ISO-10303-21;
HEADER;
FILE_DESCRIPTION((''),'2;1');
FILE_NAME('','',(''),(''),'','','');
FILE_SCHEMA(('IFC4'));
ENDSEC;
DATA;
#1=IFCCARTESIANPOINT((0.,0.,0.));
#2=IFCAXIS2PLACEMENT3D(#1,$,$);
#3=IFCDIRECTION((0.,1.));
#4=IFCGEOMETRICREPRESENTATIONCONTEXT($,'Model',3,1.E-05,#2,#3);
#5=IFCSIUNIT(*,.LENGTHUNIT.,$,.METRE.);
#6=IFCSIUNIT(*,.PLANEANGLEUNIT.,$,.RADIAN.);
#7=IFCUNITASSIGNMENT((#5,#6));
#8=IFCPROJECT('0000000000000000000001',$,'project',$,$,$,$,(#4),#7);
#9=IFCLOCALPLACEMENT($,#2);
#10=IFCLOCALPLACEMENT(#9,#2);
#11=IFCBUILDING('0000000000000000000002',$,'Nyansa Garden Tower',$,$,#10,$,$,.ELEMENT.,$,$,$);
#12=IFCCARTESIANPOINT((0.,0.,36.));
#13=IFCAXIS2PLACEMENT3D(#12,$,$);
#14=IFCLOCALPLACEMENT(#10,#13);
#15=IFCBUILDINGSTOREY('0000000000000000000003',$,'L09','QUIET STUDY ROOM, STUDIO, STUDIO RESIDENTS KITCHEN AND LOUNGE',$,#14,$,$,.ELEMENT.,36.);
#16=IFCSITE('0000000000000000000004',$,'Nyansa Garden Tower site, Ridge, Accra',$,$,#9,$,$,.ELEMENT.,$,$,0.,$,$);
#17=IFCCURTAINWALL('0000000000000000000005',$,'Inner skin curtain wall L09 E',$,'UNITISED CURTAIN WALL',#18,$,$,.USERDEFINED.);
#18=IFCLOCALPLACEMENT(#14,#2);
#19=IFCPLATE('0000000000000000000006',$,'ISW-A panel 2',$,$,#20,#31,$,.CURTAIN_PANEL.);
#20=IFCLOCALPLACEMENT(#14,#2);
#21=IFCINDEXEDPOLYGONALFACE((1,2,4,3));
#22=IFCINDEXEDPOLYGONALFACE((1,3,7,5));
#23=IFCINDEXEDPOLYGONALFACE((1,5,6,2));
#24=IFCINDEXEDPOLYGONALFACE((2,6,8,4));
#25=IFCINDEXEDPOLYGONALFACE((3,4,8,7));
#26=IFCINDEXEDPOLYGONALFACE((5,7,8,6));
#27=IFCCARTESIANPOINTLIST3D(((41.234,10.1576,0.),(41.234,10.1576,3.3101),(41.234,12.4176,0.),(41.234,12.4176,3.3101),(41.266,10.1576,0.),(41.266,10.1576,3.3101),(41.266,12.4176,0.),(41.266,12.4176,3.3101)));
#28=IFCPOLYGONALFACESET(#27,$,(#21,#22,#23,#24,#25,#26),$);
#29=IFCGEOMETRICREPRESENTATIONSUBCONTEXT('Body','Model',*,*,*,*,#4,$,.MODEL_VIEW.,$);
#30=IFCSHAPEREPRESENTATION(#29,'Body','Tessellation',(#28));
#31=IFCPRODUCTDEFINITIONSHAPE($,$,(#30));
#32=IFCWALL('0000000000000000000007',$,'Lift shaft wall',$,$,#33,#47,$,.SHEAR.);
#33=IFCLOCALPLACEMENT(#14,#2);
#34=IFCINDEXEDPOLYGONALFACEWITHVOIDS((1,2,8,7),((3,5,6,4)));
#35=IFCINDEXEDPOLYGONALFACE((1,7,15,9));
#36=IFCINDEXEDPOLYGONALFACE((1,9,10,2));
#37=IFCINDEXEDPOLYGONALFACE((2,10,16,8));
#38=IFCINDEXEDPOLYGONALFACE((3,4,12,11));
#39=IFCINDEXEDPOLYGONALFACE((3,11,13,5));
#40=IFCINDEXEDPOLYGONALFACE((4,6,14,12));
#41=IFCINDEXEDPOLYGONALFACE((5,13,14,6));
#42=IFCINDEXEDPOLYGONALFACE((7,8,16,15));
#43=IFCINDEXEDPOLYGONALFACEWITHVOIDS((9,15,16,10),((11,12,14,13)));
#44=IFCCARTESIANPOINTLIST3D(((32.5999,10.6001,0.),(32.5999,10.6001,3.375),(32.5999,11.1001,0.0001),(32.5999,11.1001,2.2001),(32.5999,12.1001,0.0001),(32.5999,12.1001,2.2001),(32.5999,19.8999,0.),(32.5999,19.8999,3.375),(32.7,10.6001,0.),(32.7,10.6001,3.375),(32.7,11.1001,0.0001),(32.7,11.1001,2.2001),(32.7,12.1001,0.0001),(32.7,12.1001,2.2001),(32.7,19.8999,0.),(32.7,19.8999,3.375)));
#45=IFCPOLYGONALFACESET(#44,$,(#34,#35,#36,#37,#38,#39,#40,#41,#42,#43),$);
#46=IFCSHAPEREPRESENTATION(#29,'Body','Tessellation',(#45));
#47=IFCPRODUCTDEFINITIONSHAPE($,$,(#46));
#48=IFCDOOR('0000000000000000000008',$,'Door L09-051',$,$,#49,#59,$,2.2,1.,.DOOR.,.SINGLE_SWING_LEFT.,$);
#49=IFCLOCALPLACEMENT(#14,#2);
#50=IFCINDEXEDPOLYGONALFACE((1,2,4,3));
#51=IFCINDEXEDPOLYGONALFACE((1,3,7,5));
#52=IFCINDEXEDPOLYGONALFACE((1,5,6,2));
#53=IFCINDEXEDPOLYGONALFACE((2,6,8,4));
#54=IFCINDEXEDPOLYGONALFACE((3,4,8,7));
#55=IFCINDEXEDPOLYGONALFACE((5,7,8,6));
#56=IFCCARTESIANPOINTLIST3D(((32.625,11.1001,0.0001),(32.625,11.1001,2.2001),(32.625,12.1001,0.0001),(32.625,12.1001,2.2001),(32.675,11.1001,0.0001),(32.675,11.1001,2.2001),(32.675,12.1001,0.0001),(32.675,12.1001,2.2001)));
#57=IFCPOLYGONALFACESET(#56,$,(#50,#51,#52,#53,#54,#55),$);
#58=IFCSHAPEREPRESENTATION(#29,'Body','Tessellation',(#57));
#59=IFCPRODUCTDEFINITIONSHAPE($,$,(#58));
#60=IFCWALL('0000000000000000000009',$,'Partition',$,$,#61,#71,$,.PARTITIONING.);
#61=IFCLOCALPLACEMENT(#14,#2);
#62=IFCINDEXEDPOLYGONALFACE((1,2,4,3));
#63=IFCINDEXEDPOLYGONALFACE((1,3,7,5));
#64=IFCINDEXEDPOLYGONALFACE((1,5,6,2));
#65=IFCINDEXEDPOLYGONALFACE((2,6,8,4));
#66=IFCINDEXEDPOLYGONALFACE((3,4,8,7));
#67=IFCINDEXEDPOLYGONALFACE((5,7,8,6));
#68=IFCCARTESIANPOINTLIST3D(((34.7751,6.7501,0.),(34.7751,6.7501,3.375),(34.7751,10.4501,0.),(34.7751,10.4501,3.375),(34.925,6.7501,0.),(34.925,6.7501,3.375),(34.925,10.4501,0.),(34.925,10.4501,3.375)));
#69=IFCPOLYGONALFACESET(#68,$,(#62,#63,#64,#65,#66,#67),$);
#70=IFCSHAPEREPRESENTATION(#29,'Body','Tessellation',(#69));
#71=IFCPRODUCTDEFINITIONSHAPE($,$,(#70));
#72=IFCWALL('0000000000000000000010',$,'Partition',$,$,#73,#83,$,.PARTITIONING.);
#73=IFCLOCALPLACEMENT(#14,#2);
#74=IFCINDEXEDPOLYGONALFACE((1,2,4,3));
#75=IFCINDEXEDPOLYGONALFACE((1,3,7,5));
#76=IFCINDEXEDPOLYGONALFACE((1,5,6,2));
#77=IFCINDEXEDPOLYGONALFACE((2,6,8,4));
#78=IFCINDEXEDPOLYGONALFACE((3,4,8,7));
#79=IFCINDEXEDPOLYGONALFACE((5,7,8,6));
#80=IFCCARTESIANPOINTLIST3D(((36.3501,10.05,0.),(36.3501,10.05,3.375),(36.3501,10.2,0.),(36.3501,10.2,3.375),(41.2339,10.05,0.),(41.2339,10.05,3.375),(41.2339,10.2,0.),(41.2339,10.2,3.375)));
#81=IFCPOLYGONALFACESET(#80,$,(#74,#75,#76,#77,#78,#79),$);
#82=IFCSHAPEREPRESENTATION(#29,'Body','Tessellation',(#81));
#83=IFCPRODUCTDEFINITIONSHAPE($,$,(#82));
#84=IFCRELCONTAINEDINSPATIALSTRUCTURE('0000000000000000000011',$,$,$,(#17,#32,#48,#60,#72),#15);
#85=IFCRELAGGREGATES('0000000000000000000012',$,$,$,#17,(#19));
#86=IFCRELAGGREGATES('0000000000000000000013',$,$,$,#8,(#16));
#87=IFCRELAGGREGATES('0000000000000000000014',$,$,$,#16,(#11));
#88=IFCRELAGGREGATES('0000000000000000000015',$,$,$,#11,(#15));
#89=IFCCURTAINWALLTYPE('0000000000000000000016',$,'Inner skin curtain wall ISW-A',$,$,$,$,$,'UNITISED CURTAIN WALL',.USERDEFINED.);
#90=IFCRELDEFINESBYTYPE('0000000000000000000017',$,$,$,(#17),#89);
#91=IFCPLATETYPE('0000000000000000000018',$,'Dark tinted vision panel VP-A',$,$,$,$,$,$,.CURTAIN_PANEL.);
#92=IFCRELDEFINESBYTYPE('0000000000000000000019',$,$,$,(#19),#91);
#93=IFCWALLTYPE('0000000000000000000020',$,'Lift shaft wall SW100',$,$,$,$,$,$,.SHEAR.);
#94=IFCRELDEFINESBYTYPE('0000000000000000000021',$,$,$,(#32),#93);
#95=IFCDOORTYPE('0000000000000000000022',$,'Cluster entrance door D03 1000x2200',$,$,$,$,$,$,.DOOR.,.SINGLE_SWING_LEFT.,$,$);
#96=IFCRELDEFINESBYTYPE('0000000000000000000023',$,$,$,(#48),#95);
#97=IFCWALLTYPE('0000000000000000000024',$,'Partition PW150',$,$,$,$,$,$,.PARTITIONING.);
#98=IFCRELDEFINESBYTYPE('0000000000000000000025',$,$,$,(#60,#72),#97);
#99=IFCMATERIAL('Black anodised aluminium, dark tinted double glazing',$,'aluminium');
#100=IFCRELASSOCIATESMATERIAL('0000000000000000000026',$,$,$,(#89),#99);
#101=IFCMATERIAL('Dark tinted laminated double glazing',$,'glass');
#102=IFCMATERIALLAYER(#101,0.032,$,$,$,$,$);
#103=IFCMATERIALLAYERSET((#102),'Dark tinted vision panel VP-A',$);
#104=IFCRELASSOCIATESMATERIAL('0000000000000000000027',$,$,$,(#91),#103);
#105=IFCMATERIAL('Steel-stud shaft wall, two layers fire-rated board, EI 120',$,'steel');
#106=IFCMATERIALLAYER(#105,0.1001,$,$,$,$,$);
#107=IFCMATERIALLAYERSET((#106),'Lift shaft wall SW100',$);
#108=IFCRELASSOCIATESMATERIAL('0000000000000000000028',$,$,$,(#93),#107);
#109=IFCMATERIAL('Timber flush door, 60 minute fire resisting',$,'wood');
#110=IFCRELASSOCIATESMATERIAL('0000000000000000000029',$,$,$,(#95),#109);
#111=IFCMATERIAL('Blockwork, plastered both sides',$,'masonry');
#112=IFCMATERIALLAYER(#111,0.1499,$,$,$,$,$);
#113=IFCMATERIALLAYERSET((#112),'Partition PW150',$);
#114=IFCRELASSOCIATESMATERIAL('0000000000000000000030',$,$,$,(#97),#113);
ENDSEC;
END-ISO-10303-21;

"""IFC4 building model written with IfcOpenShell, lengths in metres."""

from ifc_helpers import new_model, si_unit, direction, frame, frame_2d, origin, origin_2d, place, context, subcontext, project, spatial, rectangle, extrude, material, layer, layer_set, type_object, element, fill, aggregate, save


model = new_model("IFC4")

# Units and contexts
model_context = context("Model", 3, precision=1e-05, world=origin(), true_north=direction((0.0, 1.0)))
body_context = subcontext(model_context, "Body", "Model", "MODEL_VIEW")
ifc_project = project(units=[si_unit("LENGTHUNIT", "METRE"), si_unit("PLANEANGLEUNIT", "RADIAN")], contexts=[model_context])

# Site, building, storey
site_placement = place(None, origin())
site = spatial("IfcSite", under=ifc_project, at=site_placement, Name="Nyansa Garden Tower site, Ridge, Accra", CompositionType="ELEMENT", RefElevation=0.0)
building_placement = place(site_placement, origin())
building = spatial("IfcBuilding", under=site, at=building_placement, Name="Nyansa Garden Tower", CompositionType="ELEMENT")
storey_placement = place(building_placement, frame((0.0, 0.0, 36.0)))
storey = spatial("IfcBuildingStorey", under=building, at=storey_placement, Name="L09", Description="QUIET STUDY ROOM, STUDIO, STUDIO RESIDENTS KITCHEN AND LOUNGE", CompositionType="ELEMENT", Elevation=36.0)

# Curtain wall
ifc_material_1 = material(Name="Black anodised aluminium, dark tinted double glazing", Category="aluminium")
curtain_wall_type = type_object("IfcCurtainWallType", Name="Inner skin curtain wall ISW-A", ElementType="UNITISED CURTAIN WALL", PredefinedType="USERDEFINED", material=ifc_material_1)
curtain_wall_placement = place(storey_placement, origin())
curtain_wall = element("IfcCurtainWall", 1, at=curtain_wall_placement, inside=storey, type_object=curtain_wall_type, Name="Inner skin curtain wall L09 E", ObjectType="UNITISED CURTAIN WALL", PredefinedType="USERDEFINED")

# Plate
ifc_material_2 = material(Name="Dark tinted laminated double glazing", Category="glass")
ifc_layer_1 = layer(ifc_material_2, 0.032)
ifc_layer_set_1 = layer_set([ifc_layer_1], Name="Dark tinted vision panel VP-A")
plate_type = type_object("IfcPlateType", Name="Dark tinted vision panel VP-A", PredefinedType="CURTAIN_PANEL", material=ifc_layer_set_1)
plate_1_placement = place(storey_placement, frame((41.25, 11.2876, 0.0), z_axis=(0.0, 0.0, 1.0), x_axis=(0.0, 1.0, 0.0)))
plate_1 = element("IfcPlate", 2, at=plate_1_placement, type_object=plate_type, Name="ISW-A panel 2", PredefinedType="CURTAIN_PANEL", context=body_context, shape_type="SweptSolid", body=[
    extrude(rectangle(XDim=2.26, YDim=0.032, at=origin_2d()), origin(), (0.0, 0.0, 1.0), 3.3101),
])
aggregate(curtain_wall, [plate_1])

# Wall, opening, door
ifc_material_3 = material(Name="Steel-stud shaft wall, two layers fire-rated board, EI 120", Category="steel")
ifc_layer_2 = layer(ifc_material_3, 0.1001)
ifc_layer_set_2 = layer_set([ifc_layer_2], Name="Lift shaft wall SW100")
wall_type_1 = type_object("IfcWallType", Name="Lift shaft wall SW100", PredefinedType="SHEAR", material=ifc_layer_set_2)
wall_1_placement = place(storey_placement, frame((32.6499, 10.6001, 0.0), z_axis=(0.0, 0.0, 1.0), x_axis=(0.0, 1.0, 0.0)))
wall_1 = element("IfcWall", 3, at=wall_1_placement, inside=storey, type_object=wall_type_1, Name="Lift shaft wall", PredefinedType="SHEAR", context=body_context, shape_type="SweptSolid", body=[
    extrude(rectangle(XDim=9.2998, YDim=0.1001, at=frame_2d((4.6499, 0.0))), origin(), (0.0, 0.0, 1.0), 3.375),
])
opening_1_placement = place(wall_1_placement, frame((0.5, 0.0, 0.0)))
opening_1 = element("IfcOpeningElement", 4, at=opening_1_placement, cuts=wall_1, PredefinedType="OPENING", context=body_context, shape_type="SweptSolid", body=[
    extrude(rectangle(XDim=1.0, YDim=2.2, at=frame_2d((0.5, 1.1001))), frame((0.0, 0.0601, 0.0), z_axis=(0.0, -1.0, 0.0), x_axis=(1.0, 0.0, 0.0)), (0.0, 0.0, 1.0), 0.1201),
])
ifc_material_4 = material(Name="Timber flush door, 60 minute fire resisting", Category="wood")
door_type_1 = type_object("IfcDoorType", Name="Cluster entrance door D03 1000x2200", OperationType="SINGLE_SWING_LEFT", PredefinedType="DOOR", material=ifc_material_4)
door_1_placement = place(opening_1_placement, origin())
door_1 = element("IfcDoor", 5, at=door_1_placement, inside=storey, type_object=door_type_1, Name="Door L09-051", OperationType="SINGLE_SWING_LEFT", OverallHeight=2.2, OverallWidth=1.0, PredefinedType="DOOR", context=body_context, shape_type="SweptSolid", body=[
    extrude(rectangle(XDim=1.0, YDim=2.2, at=frame_2d((0.5, 1.1001))), frame((0.0, 0.0249, 0.0), z_axis=(0.0, -1.0, 0.0), x_axis=(1.0, 0.0, 0.0)), (0.0, 0.0, 1.0), 0.05),
])
fill(opening_1, door_1)

# Walls
ifc_material_5 = material(Name="Blockwork, plastered both sides", Category="masonry")
ifc_layer_3 = layer(ifc_material_5, 0.1499)
ifc_layer_set_3 = layer_set([ifc_layer_3], Name="Partition PW150")
wall_type_2 = type_object("IfcWallType", Name="Partition PW150", PredefinedType="PARTITIONING", material=ifc_layer_set_3)
wall_2_placement = place(storey_placement, frame((34.8501, 6.75, 0.0), z_axis=(0.0, 0.0, 1.0), x_axis=(0.0, 1.0, 0.0)))
element("IfcWall", 6, at=wall_2_placement, inside=storey, type_object=wall_type_2, Name="Partition", PredefinedType="PARTITIONING", context=body_context, shape_type="SweptSolid", body=[
    extrude(rectangle(XDim=3.7, YDim=0.1499, at=frame_2d((1.8501, 0.0))), origin(), (0.0, 0.0, 1.0), 3.375),
])
wall_3_placement = place(storey_placement, frame((36.3501, 10.125, 0.0), z_axis=(0.0, 0.0, 1.0), x_axis=(1.0, 0.0, 0.0)))
element("IfcWall", 7, at=wall_3_placement, inside=storey, type_object=wall_type_2, Name="Partition", PredefinedType="PARTITIONING", context=body_context, shape_type="SweptSolid", body=[
    extrude(rectangle(XDim=4.8838, YDim=0.1499, at=frame_2d((2.4419, 0.0))), origin(), (0.0, 0.0, 1.0), 3.375),
])

save(model, "model.ifc")
